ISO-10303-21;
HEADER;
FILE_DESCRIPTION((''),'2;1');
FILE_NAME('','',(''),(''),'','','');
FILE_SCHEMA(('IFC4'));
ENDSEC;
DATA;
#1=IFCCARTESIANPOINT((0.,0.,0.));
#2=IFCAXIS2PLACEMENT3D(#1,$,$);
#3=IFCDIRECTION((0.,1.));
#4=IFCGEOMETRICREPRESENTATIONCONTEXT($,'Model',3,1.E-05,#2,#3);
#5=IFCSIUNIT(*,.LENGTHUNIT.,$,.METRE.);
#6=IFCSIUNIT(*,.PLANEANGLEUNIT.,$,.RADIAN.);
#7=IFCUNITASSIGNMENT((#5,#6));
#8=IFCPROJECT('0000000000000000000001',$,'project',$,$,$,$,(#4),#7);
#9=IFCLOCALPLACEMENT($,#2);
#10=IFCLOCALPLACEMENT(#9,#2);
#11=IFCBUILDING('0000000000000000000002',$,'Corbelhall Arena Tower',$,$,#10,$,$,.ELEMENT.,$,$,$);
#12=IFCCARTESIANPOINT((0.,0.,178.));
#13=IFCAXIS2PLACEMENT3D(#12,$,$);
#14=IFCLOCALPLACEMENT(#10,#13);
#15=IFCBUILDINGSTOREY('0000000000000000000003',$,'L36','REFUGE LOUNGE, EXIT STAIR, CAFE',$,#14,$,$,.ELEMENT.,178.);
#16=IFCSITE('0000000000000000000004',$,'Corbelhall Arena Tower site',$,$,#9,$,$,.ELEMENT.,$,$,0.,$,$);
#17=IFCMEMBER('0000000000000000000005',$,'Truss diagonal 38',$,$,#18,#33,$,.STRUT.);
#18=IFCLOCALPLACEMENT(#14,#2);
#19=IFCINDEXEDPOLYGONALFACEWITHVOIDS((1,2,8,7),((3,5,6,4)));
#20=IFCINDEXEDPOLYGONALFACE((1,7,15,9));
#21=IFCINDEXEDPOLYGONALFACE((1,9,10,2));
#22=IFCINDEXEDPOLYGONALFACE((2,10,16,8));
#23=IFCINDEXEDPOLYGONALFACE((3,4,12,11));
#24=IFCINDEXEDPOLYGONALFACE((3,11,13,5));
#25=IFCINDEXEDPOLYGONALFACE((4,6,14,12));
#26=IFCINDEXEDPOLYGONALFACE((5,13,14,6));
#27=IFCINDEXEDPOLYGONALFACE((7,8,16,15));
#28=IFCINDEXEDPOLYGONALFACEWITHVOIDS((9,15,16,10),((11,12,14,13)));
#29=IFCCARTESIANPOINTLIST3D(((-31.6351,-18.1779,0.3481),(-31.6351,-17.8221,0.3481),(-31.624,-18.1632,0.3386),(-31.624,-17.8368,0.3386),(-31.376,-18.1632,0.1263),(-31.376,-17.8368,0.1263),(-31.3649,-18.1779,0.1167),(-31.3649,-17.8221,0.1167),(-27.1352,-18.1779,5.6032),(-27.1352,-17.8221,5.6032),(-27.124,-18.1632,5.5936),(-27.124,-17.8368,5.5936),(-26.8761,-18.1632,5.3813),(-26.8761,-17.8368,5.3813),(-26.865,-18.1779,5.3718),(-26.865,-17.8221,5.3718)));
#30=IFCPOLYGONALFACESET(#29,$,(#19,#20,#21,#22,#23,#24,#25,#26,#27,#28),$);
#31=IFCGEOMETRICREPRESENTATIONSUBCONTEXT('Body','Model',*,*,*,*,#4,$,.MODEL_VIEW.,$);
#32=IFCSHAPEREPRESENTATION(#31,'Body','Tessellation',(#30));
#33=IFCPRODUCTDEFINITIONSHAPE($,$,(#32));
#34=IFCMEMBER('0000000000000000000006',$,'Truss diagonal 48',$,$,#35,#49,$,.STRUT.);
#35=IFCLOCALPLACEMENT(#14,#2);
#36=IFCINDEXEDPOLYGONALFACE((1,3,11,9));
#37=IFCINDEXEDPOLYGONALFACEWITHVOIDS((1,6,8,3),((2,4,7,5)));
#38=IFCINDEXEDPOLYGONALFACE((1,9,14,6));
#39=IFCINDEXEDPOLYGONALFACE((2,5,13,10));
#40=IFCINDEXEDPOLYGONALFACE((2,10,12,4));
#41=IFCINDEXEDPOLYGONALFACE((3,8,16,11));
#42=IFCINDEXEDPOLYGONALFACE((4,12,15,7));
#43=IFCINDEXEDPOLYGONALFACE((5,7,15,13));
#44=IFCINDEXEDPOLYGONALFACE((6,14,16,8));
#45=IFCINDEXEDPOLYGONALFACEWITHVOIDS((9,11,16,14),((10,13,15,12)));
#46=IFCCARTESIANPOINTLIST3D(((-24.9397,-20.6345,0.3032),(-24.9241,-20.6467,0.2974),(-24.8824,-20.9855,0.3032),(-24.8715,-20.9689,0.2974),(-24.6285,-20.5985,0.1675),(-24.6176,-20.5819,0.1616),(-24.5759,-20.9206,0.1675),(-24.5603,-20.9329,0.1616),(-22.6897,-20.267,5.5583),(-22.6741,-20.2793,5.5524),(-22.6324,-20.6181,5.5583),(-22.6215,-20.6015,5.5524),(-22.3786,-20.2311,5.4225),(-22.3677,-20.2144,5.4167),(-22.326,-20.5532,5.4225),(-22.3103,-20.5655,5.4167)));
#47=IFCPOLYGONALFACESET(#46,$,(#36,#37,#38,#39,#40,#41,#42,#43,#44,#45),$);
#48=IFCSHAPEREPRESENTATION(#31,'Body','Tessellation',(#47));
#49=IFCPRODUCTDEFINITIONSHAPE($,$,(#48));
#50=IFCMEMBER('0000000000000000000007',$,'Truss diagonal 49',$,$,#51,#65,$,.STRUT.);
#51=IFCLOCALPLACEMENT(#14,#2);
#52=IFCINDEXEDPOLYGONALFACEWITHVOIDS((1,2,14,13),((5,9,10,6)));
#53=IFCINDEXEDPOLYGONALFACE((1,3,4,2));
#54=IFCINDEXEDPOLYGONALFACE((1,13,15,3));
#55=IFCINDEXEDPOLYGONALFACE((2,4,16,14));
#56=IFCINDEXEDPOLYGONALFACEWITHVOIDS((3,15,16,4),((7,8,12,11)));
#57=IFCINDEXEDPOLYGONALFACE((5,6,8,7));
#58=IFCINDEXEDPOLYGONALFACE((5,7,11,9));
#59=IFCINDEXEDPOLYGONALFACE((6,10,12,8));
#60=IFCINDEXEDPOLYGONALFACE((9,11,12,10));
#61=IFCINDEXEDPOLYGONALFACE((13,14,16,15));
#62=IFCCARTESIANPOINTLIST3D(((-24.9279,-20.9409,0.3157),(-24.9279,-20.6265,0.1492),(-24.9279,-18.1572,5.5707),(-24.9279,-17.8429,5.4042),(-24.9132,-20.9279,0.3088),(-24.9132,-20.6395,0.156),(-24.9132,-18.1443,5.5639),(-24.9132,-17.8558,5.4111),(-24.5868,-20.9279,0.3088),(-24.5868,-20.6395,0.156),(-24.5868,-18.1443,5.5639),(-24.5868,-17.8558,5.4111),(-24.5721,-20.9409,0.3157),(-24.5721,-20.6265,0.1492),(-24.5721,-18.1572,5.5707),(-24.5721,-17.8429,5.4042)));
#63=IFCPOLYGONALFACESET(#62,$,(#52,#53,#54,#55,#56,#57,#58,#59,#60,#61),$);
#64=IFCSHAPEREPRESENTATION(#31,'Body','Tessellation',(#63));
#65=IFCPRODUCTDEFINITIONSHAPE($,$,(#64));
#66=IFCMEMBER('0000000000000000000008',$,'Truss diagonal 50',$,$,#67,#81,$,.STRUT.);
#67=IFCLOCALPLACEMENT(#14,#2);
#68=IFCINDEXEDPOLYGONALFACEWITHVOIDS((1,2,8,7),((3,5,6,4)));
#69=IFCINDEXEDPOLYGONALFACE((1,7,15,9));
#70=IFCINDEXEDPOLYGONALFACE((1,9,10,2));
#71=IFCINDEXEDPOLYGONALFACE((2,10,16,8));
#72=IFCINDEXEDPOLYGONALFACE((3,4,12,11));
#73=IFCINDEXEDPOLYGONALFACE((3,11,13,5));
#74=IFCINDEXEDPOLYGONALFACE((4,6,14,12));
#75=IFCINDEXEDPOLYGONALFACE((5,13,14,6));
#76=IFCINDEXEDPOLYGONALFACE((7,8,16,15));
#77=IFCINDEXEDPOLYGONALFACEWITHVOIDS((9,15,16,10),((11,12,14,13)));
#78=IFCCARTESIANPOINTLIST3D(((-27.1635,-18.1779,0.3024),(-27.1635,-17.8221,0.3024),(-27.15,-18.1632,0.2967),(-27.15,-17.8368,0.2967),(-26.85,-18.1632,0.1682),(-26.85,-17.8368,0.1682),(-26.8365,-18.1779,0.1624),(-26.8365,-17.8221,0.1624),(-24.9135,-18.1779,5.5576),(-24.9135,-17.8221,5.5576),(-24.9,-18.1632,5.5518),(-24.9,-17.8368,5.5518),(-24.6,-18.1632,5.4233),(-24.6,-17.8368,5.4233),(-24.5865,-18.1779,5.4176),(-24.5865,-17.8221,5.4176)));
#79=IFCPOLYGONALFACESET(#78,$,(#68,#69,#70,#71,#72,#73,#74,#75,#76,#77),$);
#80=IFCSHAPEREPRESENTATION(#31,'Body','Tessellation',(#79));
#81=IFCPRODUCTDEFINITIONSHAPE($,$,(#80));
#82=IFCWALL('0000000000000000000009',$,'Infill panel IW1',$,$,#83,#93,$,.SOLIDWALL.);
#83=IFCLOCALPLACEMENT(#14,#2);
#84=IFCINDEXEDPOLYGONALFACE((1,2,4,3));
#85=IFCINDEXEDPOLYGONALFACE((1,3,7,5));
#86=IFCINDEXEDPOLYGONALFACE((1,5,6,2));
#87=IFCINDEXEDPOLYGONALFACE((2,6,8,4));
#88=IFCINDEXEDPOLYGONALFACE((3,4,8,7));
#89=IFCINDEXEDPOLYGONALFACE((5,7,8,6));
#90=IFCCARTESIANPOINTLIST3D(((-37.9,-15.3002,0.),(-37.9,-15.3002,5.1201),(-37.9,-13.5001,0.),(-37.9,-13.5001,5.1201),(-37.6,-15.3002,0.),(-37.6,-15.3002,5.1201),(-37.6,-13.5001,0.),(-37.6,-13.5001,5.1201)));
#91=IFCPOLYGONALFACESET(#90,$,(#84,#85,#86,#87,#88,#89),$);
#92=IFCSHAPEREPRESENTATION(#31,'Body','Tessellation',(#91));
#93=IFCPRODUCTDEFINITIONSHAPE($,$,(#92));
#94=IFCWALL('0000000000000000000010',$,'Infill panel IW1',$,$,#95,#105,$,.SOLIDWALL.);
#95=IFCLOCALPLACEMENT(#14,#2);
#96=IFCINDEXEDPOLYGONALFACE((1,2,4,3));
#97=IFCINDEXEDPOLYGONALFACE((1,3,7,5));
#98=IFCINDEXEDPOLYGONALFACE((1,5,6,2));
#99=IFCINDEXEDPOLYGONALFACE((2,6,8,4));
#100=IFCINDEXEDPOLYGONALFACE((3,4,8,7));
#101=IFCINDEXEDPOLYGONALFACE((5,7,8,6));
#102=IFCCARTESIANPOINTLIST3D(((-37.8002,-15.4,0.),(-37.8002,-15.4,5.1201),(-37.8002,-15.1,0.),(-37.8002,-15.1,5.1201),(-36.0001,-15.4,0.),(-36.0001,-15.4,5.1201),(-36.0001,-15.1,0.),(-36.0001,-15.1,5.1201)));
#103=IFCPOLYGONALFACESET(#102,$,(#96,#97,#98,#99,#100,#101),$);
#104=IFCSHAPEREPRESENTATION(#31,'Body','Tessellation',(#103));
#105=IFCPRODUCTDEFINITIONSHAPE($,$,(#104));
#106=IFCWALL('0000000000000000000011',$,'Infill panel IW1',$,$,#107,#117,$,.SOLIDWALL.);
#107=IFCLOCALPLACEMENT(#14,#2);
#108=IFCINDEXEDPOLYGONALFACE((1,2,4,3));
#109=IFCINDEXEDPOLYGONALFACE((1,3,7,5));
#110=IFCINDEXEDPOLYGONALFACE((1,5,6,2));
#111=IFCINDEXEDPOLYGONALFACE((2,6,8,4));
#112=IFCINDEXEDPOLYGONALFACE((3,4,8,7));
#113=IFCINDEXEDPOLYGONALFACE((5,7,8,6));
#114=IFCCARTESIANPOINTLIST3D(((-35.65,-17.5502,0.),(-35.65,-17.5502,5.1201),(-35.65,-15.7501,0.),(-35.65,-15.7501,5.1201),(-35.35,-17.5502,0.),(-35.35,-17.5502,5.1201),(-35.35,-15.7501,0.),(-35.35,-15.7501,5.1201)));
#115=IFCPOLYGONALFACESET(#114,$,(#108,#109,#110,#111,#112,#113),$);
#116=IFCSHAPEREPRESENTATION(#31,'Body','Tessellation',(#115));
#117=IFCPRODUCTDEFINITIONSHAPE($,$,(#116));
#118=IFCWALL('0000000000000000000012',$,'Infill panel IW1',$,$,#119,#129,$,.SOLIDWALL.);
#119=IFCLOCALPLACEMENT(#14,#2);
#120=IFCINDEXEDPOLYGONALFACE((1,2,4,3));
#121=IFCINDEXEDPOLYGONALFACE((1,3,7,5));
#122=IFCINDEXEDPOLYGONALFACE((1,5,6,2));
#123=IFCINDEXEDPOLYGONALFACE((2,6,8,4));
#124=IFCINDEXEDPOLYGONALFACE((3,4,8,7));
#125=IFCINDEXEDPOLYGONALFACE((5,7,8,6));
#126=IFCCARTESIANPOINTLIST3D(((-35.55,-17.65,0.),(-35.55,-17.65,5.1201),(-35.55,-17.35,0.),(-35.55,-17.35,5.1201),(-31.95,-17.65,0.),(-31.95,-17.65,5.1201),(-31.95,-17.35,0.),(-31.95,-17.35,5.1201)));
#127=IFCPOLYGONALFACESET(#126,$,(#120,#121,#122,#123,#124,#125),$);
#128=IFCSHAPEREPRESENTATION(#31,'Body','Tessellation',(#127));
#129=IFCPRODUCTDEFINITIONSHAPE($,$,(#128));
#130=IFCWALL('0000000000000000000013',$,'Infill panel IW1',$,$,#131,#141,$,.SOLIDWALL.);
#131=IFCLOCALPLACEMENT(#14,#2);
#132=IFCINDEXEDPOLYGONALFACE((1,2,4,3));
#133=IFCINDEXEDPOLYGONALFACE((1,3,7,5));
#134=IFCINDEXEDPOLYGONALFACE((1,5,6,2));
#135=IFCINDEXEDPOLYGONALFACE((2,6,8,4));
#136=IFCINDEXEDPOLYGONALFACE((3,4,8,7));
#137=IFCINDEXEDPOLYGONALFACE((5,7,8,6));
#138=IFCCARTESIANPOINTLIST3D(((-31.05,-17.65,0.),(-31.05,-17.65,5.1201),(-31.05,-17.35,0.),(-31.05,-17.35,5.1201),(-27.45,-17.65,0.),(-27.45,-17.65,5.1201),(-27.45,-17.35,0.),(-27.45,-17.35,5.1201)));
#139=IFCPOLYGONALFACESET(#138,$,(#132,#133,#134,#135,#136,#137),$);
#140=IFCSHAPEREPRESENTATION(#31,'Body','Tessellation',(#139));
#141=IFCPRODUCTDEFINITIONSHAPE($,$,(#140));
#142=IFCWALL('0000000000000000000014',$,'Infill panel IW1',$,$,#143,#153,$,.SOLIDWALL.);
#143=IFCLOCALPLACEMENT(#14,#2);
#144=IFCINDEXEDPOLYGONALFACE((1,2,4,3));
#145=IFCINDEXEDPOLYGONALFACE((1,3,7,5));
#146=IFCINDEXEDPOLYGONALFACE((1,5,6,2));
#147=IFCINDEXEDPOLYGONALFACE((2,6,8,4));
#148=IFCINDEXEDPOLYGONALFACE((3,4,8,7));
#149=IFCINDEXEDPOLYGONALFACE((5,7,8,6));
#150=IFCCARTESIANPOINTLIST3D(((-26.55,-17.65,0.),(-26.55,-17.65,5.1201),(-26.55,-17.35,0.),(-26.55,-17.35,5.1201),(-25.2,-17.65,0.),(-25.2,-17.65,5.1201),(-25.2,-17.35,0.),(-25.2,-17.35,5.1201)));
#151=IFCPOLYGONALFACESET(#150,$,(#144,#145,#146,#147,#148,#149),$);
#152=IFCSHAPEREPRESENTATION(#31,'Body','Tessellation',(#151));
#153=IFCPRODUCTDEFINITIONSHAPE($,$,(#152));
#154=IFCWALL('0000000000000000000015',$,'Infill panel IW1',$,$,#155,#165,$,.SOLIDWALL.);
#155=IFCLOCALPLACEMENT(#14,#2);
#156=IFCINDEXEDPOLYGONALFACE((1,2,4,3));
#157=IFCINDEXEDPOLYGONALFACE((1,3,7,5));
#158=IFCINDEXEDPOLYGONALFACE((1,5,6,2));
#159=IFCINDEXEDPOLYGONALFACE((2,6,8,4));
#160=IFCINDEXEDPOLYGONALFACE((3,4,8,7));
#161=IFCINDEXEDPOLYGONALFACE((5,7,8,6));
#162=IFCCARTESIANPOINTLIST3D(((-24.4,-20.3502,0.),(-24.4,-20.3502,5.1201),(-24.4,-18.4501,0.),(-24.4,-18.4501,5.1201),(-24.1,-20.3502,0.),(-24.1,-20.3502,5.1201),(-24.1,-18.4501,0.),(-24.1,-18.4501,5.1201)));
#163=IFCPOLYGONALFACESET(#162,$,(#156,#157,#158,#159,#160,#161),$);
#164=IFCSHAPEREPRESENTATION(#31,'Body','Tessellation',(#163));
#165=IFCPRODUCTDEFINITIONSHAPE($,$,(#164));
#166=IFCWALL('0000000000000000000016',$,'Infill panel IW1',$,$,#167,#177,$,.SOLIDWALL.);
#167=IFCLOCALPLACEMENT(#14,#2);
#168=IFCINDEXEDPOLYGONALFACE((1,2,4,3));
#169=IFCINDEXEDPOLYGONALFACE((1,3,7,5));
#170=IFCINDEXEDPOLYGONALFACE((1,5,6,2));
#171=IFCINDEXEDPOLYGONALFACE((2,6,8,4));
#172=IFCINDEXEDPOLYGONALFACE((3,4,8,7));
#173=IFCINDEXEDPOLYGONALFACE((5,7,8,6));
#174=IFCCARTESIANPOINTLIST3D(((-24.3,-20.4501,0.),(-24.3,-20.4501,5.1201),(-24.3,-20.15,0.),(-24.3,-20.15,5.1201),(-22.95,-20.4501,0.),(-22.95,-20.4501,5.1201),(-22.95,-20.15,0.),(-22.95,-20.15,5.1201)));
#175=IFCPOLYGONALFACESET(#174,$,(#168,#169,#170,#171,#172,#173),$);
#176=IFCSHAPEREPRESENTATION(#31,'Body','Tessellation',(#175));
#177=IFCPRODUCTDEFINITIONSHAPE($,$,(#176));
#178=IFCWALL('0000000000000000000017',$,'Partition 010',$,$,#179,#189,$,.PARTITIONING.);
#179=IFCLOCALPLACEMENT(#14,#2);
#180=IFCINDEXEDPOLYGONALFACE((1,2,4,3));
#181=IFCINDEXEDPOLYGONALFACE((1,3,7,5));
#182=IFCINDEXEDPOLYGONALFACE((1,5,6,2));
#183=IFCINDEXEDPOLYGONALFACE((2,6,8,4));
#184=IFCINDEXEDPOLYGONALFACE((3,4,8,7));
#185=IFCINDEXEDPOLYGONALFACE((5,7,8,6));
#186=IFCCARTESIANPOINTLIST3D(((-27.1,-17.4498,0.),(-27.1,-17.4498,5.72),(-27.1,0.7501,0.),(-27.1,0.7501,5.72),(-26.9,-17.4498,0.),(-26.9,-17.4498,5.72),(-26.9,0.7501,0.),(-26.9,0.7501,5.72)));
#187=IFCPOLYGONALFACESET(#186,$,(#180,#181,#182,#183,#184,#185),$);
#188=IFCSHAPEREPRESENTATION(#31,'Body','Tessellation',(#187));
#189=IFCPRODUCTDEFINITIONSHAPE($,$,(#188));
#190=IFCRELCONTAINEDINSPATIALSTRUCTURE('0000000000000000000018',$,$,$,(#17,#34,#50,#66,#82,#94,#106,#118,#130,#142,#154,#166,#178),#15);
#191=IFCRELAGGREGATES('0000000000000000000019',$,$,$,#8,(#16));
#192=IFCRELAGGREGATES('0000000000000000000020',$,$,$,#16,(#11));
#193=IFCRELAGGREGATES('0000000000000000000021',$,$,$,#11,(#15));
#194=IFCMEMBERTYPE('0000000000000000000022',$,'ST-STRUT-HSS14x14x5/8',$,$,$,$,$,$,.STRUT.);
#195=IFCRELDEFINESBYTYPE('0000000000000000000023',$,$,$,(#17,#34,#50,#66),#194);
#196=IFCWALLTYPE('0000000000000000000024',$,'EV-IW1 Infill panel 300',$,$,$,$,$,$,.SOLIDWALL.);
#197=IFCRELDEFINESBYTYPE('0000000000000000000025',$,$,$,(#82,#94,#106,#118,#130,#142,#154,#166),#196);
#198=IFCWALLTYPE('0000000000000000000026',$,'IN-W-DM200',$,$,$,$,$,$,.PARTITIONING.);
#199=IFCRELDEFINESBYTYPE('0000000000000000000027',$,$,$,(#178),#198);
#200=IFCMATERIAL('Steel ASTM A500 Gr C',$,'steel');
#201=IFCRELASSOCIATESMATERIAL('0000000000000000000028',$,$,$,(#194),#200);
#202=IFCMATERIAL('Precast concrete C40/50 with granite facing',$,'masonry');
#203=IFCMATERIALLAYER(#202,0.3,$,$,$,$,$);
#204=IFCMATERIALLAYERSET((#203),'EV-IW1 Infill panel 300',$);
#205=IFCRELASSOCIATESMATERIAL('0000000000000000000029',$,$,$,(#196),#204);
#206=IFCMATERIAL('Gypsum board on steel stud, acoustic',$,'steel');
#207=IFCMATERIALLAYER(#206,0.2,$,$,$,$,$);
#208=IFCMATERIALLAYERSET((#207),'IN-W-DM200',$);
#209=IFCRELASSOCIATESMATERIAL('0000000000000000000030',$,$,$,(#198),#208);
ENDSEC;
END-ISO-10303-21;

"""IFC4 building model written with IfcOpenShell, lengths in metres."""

from ifc_helpers import new_model, si_unit, direction, frame, frame_2d, origin, origin_2d, place, context, subcontext, project, spatial, rectangle, hollow_rectangle, extrude, material, layer, layer_set, material_profile, profile_set, type_object, element, save


model = new_model("IFC4")

# Units and contexts
model_context = context("Model", 3, precision=1e-05, world=origin(), true_north=direction((0.0, 1.0)))
body_context = subcontext(model_context, "Body", "Model", "MODEL_VIEW")
ifc_project = project(units=[si_unit("LENGTHUNIT", "METRE"), si_unit("PLANEANGLEUNIT", "RADIAN")], contexts=[model_context])

# Site, building, storey
site_placement = place(None, origin())
site = spatial("IfcSite", under=ifc_project, at=site_placement, Name="Corbelhall Arena Tower site", CompositionType="ELEMENT", RefElevation=0.0)
building_placement = place(site_placement, origin())
building = spatial("IfcBuilding", under=site, at=building_placement, Name="Corbelhall Arena Tower", CompositionType="ELEMENT")
storey_placement = place(building_placement, frame((0.0, 0.0, 178.0)))
storey = spatial("IfcBuildingStorey", under=building, at=storey_placement, Name="L36", Description="REFUGE LOUNGE, EXIT STAIR, CAFE", CompositionType="ELEMENT", Elevation=178.0)

# Members
ifc_material_1 = material(Name="Steel ASTM A500 Gr C", Category="steel")
ifc_material_profile_1 = material_profile(ifc_material_1, hollow_rectangle(XDim=0.3557, YDim=0.3557, WallThickness=0.0146, at=origin_2d()))
ifc_profile_set_1 = profile_set([ifc_material_profile_1], Name="Steel ASTM A500 Gr C")
member_type_1 = type_object("IfcMemberType", Name="ST-STRUT-HSS14x14x5/8", PredefinedType="STRUT", material=ifc_profile_set_1)
for number, where, z_axis, x_axis, name in (
    (1, (-31.5, -18.0, 0.2324), (0.650425, 0.0, 0.75957), (0.0, 1.0, 0.0), "Truss diagonal 38"),
):
    element("IfcMember", number, at=place(storey_placement, frame(where, z_axis=z_axis, x_axis=x_axis)), inside=storey, type_object=member_type_1, Name=name, PredefinedType="STRUT", context=body_context, shape_type="SweptSolid", body=[
        extrude(hollow_rectangle(XDim=0.3557, YDim=0.3557, WallThickness=0.0146, at=origin_2d()), origin(), (0.0, 0.0, 1.0), 6.9185),
    ])
member_1_placement = place(storey_placement, frame((-24.75, -20.7837, 0.2324), z_axis=(0.392784, 0.064143, 0.917391), x_axis=(-0.161168, 0.986927, 0.0)))
element("IfcMember", 2, at=member_1_placement, inside=storey, type_object=member_type_1, Name="Truss diagonal 48", PredefinedType="STRUT", context=body_context, shape_type="SweptSolid", body=[
    extrude(hollow_rectangle(XDim=0.3557, YDim=0.3557, WallThickness=0.0146, at=origin_2d()), origin(), (0.0, 0.0, 1.0), 5.7283),
])
member_2_placement = place(storey_placement, frame((-24.75, -20.7837, 0.2324), z_axis=(0.0, 0.468093, 0.883679), x_axis=(-1.0, 0.0, 0.0)))
element("IfcMember", 3, at=member_2_placement, inside=storey, type_object=member_type_1, Name="Truss diagonal 49", PredefinedType="STRUT", context=body_context, shape_type="SweptSolid", body=[
    extrude(hollow_rectangle(XDim=0.3557, YDim=0.3557, WallThickness=0.0146, at=origin_2d()), origin(), (0.0, 0.0, 1.0), 5.9468),
])
member_3_placement = place(storey_placement, frame((-27.0, -18.0, 0.2324), z_axis=(0.393595, 0.0, 0.919284), x_axis=(0.0, 1.0, 0.0)))
element("IfcMember", 4, at=member_3_placement, inside=storey, type_object=member_type_1, Name="Truss diagonal 50", PredefinedType="STRUT", context=body_context, shape_type="SweptSolid", body=[
    extrude(hollow_rectangle(XDim=0.3557, YDim=0.3557, WallThickness=0.0146, at=origin_2d()), origin(), (0.0, 0.0, 1.0), 5.7166),
])

# Walls
ifc_material_2 = material(Name="Precast concrete C40/50 with granite facing", Category="masonry")
ifc_layer_1 = layer(ifc_material_2, 0.3)
ifc_layer_set_1 = layer_set([ifc_layer_1], Name="EV-IW1 Infill panel 300")
wall_type_1 = type_object("IfcWallType", Name="EV-IW1 Infill panel 300", PredefinedType="SOLIDWALL", material=ifc_layer_set_1)
for number, where, z_axis, x_axis, name in (
    (5, (-37.75, -15.3, 0.0), (0.0, 0.0, 1.0), (0.0, 1.0, 0.0), "Infill panel IW1"),
    (6, (-37.8, -15.25, 0.0), (0.0, 0.0, 1.0), (1.0, 0.0, 0.0), "Infill panel IW1"),
    (7, (-35.5, -17.55, 0.0), (0.0, 0.0, 1.0), (0.0, 1.0, 0.0), "Infill panel IW1"),
):
    element("IfcWall", number, at=place(storey_placement, frame(where, z_axis=z_axis, x_axis=x_axis)), inside=storey, type_object=wall_type_1, Name=name, PredefinedType="SOLIDWALL", context=body_context, shape_type="SweptSolid", body=[
        extrude(rectangle(XDim=1.8, YDim=0.3, at=frame_2d((0.8999, 0.0))), origin(), (0.0, 0.0, 1.0), 5.1201),
    ])
for number, where, z_axis, x_axis, name in (
    (8, (-35.55, -17.5, 0.0), (0.0, 0.0, 1.0), (1.0, 0.0, 0.0), "Infill panel IW1"),
    (9, (-31.05, -17.5, 0.0), (0.0, 0.0, 1.0), (1.0, 0.0, 0.0), "Infill panel IW1"),
):
    element("IfcWall", number, at=place(storey_placement, frame(where, z_axis=z_axis, x_axis=x_axis)), inside=storey, type_object=wall_type_1, Name=name, PredefinedType="SOLIDWALL", context=body_context, shape_type="SweptSolid", body=[
        extrude(rectangle(XDim=3.6001, YDim=0.3, at=frame_2d((1.8, 0.0))), origin(), (0.0, 0.0, 1.0), 5.1201),
    ])
wall_1_placement = place(storey_placement, frame((-26.55, -17.5, 0.0), z_axis=(0.0, 0.0, 1.0), x_axis=(1.0, 0.0, 0.0)))
element("IfcWall", 10, at=wall_1_placement, inside=storey, type_object=wall_type_1, Name="Infill panel IW1", PredefinedType="SOLIDWALL", context=body_context, shape_type="SweptSolid", body=[
    extrude(rectangle(XDim=1.3501, YDim=0.3, at=frame_2d((0.675, 0.0))), origin(), (0.0, 0.0, 1.0), 5.1201),
])
wall_2_placement = place(storey_placement, frame((-24.25, -18.45, 0.0), z_axis=(0.0, 0.0, 1.0), x_axis=(0.0, -1.0, 0.0)))
element("IfcWall", 11, at=wall_2_placement, inside=storey, type_object=wall_type_1, Name="Infill panel IW1", PredefinedType="SOLIDWALL", context=body_context, shape_type="SweptSolid", body=[
    extrude(rectangle(XDim=1.9001, YDim=0.3, at=frame_2d((0.9502, 0.0))), origin(), (0.0, 0.0, 1.0), 5.1201),
])
wall_3_placement = place(storey_placement, frame((-24.3, -20.3, 0.0), z_axis=(0.0, 0.0, 1.0), x_axis=(1.0, 0.0, 0.0)))
element("IfcWall", 12, at=wall_3_placement, inside=storey, type_object=wall_type_1, Name="Infill panel IW1", PredefinedType="SOLIDWALL", context=body_context, shape_type="SweptSolid", body=[
    extrude(rectangle(XDim=1.3501, YDim=0.3, at=frame_2d((0.675, 0.0))), origin(), (0.0, 0.0, 1.0), 5.1201),
])
ifc_material_3 = material(Name="Gypsum board on steel stud, acoustic", Category="steel")
ifc_layer_2 = layer(ifc_material_3, 0.2)
ifc_layer_set_2 = layer_set([ifc_layer_2], Name="IN-W-DM200")
wall_type_2 = type_object("IfcWallType", Name="IN-W-DM200", PredefinedType="PARTITIONING", material=ifc_layer_set_2)
wall_4_placement = place(storey_placement, frame((-27.0, -17.45, 0.0), z_axis=(0.0, 0.0, 1.0), x_axis=(0.0, 1.0, 0.0)))
element("IfcWall", 13, at=wall_4_placement, inside=storey, type_object=wall_type_2, Name="Partition 010", PredefinedType="PARTITIONING", context=body_context, shape_type="SweptSolid", body=[
    extrude(rectangle(XDim=18.2, YDim=0.2, at=frame_2d((9.1001, 0.0))), origin(), (0.0, 0.0, 1.0), 5.72),
])

save(model, "model.ifc")
